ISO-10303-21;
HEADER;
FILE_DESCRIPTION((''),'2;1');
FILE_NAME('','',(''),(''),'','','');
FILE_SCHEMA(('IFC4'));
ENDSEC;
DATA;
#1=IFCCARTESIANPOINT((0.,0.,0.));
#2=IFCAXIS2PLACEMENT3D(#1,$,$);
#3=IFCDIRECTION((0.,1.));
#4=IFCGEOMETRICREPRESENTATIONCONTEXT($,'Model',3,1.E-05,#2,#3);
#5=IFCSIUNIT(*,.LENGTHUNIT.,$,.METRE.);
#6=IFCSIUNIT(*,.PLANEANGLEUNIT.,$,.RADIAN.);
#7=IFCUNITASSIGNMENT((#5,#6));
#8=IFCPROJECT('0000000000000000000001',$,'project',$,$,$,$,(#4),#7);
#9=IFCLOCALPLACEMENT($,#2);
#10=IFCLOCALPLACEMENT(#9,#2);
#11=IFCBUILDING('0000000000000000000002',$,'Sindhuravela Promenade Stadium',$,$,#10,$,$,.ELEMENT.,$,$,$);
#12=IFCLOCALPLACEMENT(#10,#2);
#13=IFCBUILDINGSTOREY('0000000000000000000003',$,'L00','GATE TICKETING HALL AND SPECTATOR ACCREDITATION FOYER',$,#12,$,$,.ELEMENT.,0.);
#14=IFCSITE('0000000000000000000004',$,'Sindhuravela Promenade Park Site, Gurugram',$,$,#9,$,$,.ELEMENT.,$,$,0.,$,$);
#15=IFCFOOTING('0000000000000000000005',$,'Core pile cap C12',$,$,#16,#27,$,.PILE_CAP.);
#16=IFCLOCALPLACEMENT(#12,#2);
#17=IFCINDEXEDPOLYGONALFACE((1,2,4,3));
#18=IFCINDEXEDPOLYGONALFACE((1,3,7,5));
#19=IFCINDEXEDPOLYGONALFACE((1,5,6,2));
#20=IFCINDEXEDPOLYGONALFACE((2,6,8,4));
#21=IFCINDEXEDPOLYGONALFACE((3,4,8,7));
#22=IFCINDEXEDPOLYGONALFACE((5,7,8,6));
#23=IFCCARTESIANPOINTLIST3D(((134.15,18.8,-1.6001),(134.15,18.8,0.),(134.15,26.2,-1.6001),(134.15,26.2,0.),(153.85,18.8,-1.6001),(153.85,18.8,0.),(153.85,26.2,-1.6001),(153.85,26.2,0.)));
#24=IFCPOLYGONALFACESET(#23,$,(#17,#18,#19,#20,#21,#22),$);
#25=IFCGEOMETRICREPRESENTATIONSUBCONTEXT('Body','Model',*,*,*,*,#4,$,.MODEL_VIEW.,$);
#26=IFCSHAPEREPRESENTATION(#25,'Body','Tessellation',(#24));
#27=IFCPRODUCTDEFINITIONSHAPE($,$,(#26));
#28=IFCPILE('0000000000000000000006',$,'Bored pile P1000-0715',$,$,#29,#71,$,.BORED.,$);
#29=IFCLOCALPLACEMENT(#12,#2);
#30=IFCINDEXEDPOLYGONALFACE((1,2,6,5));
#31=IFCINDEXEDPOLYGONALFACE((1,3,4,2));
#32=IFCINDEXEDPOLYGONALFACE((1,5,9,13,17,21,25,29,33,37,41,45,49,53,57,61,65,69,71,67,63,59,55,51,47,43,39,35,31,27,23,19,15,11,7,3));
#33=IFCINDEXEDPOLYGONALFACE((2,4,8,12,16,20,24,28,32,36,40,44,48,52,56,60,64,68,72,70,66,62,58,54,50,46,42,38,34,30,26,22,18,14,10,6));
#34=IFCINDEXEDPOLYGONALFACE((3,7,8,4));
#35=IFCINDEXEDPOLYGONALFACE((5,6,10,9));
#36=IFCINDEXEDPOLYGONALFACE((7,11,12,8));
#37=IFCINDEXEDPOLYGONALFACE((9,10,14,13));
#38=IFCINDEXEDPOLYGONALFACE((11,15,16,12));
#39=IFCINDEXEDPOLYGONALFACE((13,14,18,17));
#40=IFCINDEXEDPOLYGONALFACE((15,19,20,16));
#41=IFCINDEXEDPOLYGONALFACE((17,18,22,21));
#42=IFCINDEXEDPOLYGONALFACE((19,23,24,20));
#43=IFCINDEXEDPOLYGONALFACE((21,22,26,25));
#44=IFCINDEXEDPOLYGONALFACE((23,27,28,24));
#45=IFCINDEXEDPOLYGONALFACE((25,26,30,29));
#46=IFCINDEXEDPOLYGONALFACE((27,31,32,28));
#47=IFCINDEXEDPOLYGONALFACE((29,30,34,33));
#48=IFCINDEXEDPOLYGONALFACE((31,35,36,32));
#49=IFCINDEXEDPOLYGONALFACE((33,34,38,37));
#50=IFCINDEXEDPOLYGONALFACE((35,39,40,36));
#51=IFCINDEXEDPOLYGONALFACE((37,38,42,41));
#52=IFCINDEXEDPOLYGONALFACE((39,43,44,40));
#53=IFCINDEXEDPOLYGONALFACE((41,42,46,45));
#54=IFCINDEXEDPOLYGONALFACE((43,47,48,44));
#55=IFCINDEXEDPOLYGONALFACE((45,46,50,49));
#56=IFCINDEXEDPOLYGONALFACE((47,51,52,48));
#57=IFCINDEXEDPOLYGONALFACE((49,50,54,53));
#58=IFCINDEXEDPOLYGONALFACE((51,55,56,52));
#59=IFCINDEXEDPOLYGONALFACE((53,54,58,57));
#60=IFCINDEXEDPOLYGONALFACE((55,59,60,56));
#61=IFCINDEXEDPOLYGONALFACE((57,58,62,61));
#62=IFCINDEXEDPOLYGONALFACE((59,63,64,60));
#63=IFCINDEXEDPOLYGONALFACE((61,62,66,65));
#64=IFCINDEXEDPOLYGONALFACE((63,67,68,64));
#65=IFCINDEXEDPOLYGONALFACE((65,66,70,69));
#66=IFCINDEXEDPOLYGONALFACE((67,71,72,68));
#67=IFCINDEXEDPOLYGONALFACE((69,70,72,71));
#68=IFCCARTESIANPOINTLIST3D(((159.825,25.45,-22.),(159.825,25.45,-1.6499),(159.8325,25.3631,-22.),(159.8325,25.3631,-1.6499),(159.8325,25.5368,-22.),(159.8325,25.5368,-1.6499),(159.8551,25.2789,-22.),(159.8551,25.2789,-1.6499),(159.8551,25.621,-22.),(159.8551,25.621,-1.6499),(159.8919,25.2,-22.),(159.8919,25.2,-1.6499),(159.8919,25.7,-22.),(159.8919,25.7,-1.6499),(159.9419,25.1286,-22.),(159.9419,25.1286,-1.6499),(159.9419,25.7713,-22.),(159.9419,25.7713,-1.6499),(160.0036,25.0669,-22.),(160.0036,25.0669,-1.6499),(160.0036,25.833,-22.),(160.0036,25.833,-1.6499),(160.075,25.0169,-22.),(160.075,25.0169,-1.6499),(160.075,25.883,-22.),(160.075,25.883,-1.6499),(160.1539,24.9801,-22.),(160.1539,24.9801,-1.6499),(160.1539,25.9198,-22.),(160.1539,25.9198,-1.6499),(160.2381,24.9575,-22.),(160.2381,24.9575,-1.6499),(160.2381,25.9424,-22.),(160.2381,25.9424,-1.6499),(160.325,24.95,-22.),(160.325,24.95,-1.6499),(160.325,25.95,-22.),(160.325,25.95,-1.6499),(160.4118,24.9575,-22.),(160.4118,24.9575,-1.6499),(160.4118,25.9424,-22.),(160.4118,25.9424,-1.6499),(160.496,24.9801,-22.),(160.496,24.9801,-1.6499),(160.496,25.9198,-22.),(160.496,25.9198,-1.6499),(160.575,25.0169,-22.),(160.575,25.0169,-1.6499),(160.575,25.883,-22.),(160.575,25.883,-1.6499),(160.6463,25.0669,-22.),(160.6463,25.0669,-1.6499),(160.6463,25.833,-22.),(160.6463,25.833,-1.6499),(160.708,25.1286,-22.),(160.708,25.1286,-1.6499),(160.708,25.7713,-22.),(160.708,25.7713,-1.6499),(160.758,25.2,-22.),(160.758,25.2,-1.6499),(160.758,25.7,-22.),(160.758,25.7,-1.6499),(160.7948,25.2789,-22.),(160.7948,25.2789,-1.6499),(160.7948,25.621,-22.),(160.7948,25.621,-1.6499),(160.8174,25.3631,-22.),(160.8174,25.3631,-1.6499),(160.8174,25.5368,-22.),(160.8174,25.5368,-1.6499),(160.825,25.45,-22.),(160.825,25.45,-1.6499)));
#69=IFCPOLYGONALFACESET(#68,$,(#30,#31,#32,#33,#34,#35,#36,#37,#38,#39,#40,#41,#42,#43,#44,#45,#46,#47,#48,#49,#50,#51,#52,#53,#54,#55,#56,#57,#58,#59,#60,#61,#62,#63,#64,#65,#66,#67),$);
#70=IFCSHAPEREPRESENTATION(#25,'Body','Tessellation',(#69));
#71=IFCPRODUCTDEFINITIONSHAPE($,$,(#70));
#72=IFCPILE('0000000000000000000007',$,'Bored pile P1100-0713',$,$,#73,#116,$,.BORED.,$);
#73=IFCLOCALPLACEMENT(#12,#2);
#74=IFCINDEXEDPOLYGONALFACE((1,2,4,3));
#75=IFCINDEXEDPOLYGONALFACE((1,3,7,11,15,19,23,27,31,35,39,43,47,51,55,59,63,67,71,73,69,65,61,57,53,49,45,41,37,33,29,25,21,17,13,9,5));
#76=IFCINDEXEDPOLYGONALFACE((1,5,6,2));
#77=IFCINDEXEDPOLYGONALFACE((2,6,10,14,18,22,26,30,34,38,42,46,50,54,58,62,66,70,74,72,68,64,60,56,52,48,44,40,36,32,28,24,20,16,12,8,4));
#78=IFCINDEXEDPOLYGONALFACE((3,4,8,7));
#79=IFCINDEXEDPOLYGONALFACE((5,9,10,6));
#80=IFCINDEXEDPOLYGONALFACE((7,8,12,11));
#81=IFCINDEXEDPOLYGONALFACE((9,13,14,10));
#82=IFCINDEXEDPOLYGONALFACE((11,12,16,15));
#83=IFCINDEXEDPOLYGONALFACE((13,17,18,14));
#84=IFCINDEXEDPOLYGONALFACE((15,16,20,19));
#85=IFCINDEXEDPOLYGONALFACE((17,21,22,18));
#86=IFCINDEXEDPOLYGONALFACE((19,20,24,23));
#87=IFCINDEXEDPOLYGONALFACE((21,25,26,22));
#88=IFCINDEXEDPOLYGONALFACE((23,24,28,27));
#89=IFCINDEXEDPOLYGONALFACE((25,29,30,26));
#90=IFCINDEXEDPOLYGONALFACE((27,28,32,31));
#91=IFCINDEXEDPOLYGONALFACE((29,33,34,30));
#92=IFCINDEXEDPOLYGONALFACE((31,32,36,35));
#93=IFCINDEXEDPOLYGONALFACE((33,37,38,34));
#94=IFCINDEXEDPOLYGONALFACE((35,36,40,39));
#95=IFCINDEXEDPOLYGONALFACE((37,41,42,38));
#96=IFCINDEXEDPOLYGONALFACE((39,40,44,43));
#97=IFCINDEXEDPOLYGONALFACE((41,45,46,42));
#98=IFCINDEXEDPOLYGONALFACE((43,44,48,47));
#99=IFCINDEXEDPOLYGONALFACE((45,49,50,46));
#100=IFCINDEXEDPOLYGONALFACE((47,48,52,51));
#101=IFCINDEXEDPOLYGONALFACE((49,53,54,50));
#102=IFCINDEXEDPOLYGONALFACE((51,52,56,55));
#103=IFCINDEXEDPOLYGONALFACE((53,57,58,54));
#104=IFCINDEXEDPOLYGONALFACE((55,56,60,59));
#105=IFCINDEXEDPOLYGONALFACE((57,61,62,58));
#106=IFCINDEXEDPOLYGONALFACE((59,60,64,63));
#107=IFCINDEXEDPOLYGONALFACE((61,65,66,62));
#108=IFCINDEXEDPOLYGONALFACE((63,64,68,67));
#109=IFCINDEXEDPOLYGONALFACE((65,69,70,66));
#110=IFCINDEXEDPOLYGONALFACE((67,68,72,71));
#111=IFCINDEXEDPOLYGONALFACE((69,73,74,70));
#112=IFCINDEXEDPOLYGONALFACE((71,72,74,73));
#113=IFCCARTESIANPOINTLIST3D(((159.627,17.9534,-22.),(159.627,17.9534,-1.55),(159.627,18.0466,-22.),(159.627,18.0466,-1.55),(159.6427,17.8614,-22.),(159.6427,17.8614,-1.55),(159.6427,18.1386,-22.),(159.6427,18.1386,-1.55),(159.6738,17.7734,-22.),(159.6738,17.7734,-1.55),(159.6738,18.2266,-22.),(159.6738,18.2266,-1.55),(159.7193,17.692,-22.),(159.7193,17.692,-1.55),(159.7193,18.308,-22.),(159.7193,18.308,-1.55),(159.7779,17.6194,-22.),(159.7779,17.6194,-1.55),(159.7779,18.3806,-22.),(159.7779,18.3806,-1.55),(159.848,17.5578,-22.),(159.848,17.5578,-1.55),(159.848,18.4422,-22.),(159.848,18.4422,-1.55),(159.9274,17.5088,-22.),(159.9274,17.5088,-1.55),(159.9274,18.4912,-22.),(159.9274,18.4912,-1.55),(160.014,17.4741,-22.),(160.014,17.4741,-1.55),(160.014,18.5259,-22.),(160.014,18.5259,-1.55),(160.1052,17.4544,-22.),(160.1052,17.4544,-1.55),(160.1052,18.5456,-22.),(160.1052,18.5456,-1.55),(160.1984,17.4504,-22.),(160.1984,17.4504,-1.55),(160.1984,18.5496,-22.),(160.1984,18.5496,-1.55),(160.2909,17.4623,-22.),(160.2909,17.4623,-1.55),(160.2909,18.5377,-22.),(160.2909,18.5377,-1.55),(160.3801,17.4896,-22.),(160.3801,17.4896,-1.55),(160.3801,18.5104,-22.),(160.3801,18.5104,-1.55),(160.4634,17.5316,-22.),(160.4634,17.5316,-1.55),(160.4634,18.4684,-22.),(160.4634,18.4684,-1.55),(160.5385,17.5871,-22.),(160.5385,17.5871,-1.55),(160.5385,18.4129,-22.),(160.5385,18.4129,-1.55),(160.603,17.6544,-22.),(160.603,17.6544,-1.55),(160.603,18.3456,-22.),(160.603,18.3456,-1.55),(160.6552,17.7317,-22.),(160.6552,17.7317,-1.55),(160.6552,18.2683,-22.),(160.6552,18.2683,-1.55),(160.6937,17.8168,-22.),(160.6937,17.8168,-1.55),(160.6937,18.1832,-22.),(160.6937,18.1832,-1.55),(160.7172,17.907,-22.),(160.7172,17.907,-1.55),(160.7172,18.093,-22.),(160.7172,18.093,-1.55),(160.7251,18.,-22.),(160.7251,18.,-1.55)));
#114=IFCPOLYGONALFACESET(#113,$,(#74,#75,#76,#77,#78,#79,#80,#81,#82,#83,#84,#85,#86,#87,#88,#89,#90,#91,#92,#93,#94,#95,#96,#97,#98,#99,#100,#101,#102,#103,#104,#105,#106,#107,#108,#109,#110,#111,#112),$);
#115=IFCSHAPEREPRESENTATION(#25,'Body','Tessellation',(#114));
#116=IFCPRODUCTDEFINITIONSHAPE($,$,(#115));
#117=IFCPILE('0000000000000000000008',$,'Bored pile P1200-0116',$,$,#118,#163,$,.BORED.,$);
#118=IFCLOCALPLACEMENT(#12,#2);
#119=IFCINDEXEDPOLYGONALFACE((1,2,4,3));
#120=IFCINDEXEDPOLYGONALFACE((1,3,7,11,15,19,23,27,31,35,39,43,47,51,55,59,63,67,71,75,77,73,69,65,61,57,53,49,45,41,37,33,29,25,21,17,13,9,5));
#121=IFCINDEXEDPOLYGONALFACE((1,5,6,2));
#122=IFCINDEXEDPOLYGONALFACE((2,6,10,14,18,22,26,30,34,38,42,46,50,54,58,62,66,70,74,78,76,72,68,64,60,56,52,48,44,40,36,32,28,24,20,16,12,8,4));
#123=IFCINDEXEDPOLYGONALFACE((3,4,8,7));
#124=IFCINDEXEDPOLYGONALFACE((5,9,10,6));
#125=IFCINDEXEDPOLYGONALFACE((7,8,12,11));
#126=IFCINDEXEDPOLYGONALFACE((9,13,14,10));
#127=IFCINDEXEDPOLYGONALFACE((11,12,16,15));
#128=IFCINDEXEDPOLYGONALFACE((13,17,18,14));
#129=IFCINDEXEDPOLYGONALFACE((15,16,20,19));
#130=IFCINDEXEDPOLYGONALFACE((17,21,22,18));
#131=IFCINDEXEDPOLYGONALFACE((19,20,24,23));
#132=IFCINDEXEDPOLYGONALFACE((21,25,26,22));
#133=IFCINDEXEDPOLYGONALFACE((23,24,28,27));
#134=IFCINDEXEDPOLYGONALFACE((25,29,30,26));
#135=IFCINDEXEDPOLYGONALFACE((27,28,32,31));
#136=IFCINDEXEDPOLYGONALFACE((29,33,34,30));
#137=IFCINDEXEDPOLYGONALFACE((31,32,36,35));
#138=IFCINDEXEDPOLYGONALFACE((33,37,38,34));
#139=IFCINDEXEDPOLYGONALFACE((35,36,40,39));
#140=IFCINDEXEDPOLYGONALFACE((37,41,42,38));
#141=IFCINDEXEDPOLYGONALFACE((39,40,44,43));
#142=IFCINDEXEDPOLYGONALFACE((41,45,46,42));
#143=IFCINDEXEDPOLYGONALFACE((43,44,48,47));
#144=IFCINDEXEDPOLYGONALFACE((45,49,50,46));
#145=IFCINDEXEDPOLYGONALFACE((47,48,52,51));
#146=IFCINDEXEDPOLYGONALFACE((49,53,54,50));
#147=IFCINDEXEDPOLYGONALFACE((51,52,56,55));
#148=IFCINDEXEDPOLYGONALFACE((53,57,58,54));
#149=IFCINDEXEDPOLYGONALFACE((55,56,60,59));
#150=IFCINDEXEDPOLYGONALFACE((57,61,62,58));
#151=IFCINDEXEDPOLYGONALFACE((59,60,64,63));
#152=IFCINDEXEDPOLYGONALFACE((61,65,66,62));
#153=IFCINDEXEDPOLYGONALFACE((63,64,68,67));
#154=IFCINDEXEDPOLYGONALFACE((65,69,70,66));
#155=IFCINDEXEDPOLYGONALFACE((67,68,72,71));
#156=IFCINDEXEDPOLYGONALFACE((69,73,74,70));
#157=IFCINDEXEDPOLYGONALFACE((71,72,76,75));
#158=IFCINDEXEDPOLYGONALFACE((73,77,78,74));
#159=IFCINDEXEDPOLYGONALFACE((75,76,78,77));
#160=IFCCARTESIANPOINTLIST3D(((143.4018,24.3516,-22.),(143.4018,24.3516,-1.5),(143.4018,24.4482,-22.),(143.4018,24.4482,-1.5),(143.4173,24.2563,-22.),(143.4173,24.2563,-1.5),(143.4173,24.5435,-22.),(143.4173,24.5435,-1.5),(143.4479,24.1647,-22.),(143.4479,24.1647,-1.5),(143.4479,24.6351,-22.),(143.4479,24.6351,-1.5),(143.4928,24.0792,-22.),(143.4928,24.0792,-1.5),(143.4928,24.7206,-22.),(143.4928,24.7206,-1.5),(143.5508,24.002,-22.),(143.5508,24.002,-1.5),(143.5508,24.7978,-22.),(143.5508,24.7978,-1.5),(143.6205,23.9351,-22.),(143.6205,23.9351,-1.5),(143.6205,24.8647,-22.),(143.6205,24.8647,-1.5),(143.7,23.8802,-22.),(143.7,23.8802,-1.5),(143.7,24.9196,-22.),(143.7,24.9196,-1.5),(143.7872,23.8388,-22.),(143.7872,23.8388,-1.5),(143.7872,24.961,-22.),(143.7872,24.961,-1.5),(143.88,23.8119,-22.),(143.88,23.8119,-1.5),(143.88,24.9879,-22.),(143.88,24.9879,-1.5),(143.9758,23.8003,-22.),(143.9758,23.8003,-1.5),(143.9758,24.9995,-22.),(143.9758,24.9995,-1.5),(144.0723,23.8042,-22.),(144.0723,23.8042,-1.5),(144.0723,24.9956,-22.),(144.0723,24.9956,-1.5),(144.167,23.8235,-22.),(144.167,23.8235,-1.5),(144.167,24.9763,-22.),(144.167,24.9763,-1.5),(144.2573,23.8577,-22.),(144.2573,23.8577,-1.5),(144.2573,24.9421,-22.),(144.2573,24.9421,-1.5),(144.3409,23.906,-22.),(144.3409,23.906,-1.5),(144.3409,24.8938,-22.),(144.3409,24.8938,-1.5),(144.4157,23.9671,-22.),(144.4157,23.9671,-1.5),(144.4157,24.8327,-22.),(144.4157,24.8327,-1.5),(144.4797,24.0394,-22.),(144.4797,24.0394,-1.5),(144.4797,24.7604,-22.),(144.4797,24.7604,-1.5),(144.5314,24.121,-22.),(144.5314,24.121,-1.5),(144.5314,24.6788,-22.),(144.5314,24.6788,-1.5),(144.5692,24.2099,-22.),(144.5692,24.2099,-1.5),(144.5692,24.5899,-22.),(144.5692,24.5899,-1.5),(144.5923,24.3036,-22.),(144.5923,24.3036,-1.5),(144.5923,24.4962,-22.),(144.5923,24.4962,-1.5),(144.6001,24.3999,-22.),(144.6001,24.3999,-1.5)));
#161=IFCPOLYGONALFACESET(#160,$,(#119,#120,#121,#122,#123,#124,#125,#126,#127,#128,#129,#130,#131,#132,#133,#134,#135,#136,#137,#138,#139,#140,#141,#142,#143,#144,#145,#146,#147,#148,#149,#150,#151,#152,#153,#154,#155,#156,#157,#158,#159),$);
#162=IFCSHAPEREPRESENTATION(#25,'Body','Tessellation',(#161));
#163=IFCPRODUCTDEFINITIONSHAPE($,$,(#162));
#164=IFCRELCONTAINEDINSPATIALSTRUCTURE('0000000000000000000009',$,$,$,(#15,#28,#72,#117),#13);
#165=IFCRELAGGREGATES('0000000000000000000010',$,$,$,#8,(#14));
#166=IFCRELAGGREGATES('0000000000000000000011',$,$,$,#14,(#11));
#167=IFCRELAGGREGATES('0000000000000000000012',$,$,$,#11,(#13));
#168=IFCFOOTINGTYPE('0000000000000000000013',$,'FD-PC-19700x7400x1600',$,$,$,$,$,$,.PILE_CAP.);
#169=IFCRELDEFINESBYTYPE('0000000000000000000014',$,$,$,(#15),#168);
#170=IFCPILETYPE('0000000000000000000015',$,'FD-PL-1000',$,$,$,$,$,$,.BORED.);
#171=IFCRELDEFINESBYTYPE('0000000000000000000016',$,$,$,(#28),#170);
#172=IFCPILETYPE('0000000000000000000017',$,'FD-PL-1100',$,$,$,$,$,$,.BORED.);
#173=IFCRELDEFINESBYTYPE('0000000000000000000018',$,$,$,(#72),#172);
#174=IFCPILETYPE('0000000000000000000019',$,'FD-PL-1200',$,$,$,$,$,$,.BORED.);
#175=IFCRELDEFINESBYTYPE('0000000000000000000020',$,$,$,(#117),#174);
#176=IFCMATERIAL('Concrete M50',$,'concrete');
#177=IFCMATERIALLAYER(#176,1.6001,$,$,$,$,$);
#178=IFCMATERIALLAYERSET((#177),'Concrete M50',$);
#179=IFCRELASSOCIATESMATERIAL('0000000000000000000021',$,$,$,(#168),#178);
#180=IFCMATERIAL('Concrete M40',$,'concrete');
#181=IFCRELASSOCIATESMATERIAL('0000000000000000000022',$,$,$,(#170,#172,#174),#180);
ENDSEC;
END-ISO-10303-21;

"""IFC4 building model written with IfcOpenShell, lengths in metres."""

from ifc_helpers import new_model, si_unit, direction, frame, origin, origin_2d, place, context, subcontext, project, spatial, rectangle, circle, extrude, material, layer, layer_set, material_profile, profile_set, type_object, element, save


model = new_model("IFC4")

# Units and contexts
model_context = context("Model", 3, precision=1e-05, world=origin(), true_north=direction((0.0, 1.0)))
body_context = subcontext(model_context, "Body", "Model", "MODEL_VIEW")
ifc_project = project(units=[si_unit("LENGTHUNIT", "METRE"), si_unit("PLANEANGLEUNIT", "RADIAN")], contexts=[model_context])

# Site, building, storey
site_placement = place(None, origin())
site = spatial("IfcSite", under=ifc_project, at=site_placement, Name="Sindhuravela Promenade Park Site, Gurugram", CompositionType="ELEMENT", RefElevation=0.0)
building_placement = place(site_placement, origin())
building = spatial("IfcBuilding", under=site, at=building_placement, Name="Sindhuravela Promenade Stadium", CompositionType="ELEMENT")
storey_placement = place(building_placement, origin())
storey = spatial("IfcBuildingStorey", under=building, at=storey_placement, Name="L00", Description="GATE TICKETING HALL AND SPECTATOR ACCREDITATION FOYER", CompositionType="ELEMENT", Elevation=0.0)

# Footing
ifc_material_1 = material(Name="Concrete M50", Category="concrete")
ifc_layer_1 = layer(ifc_material_1, 1.6001)
ifc_layer_set_1 = layer_set([ifc_layer_1], Name="Concrete M50")
footing_type = type_object("IfcFootingType", Name="FD-PC-19700x7400x1600", PredefinedType="PILE_CAP", material=ifc_layer_set_1)
footing_placement = place(storey_placement, frame((144.0, 22.5, -1.6001), z_axis=(0.0, 0.0, 1.0), x_axis=(1.0, 0.0, 0.0)))
element("IfcFooting", 1, at=footing_placement, inside=storey, type_object=footing_type, Name="Core pile cap C12", PredefinedType="PILE_CAP", context=body_context, shape_type="SweptSolid", body=[
    extrude(rectangle(XDim=19.7, YDim=7.3999, at=origin_2d()), origin(), (0.0, 0.0, 1.0), 1.6001),
])

# Piles
ifc_material_2 = material(Name="Concrete M40", Category="concrete")
ifc_material_profile_1 = material_profile(ifc_material_2, circle(Radius=0.5, at=origin_2d()), Name="BORED PILE D1000")
ifc_profile_set_1 = profile_set([ifc_material_profile_1], Name="Concrete M40")
pile_type_1 = type_object("IfcPileType", Name="FD-PL-1000", PredefinedType="BORED", material=ifc_profile_set_1)
pile_1_placement = place(storey_placement, frame((160.325, 25.45, -1.6499), z_axis=(0.0, 0.0, -1.0), x_axis=(1.0, 0.0, 0.0)))
element("IfcPile", 2, at=pile_1_placement, inside=storey, type_object=pile_type_1, Name="Bored pile P1000-0715", PredefinedType="BORED", context=body_context, shape_type="SweptSolid", body=[
    extrude(circle(Radius=0.5, at=origin_2d()), origin(), (0.0, 0.0, 1.0), 20.3501),
])
ifc_material_profile_2 = material_profile(ifc_material_2, circle(Radius=0.55, at=origin_2d()), Name="BORED PILE D1100")
ifc_profile_set_2 = profile_set([ifc_material_profile_2], Name="Concrete M40")
pile_type_2 = type_object("IfcPileType", Name="FD-PL-1100", PredefinedType="BORED", material=ifc_profile_set_2)
pile_2_placement = place(storey_placement, frame((160.175, 18.0, -1.55), z_axis=(0.0, 0.0, -1.0), x_axis=(1.0, 0.0, 0.0)))
element("IfcPile", 3, at=pile_2_placement, inside=storey, type_object=pile_type_2, Name="Bored pile P1100-0713", PredefinedType="BORED", context=body_context, shape_type="SweptSolid", body=[
    extrude(circle(Radius=0.55, at=origin_2d()), origin(), (0.0, 0.0, 1.0), 20.45),
])
ifc_material_profile_3 = material_profile(ifc_material_2, circle(Radius=0.6001, at=origin_2d()), Name="BORED PILE D1200")
ifc_profile_set_3 = profile_set([ifc_material_profile_3], Name="Concrete M40")
pile_type_3 = type_object("IfcPileType", Name="FD-PL-1200", PredefinedType="BORED", material=ifc_profile_set_3)
for number, where, z_axis, x_axis, name in (
    (4, (144.0, 24.3999, -1.5), (0.0, 0.0, -1.0), (1.0, 0.0, 0.0), "Bored pile P1200-0116"),
):
    element("IfcPile", number, at=place(storey_placement, frame(where, z_axis=z_axis, x_axis=x_axis)), inside=storey, type_object=pile_type_3, Name=name, PredefinedType="BORED", context=body_context, shape_type="SweptSolid", body=[
        extrude(circle(Radius=0.6001, at=origin_2d()), origin(), (0.0, 0.0, 1.0), 20.5),
    ])

save(model, "model.ifc")
